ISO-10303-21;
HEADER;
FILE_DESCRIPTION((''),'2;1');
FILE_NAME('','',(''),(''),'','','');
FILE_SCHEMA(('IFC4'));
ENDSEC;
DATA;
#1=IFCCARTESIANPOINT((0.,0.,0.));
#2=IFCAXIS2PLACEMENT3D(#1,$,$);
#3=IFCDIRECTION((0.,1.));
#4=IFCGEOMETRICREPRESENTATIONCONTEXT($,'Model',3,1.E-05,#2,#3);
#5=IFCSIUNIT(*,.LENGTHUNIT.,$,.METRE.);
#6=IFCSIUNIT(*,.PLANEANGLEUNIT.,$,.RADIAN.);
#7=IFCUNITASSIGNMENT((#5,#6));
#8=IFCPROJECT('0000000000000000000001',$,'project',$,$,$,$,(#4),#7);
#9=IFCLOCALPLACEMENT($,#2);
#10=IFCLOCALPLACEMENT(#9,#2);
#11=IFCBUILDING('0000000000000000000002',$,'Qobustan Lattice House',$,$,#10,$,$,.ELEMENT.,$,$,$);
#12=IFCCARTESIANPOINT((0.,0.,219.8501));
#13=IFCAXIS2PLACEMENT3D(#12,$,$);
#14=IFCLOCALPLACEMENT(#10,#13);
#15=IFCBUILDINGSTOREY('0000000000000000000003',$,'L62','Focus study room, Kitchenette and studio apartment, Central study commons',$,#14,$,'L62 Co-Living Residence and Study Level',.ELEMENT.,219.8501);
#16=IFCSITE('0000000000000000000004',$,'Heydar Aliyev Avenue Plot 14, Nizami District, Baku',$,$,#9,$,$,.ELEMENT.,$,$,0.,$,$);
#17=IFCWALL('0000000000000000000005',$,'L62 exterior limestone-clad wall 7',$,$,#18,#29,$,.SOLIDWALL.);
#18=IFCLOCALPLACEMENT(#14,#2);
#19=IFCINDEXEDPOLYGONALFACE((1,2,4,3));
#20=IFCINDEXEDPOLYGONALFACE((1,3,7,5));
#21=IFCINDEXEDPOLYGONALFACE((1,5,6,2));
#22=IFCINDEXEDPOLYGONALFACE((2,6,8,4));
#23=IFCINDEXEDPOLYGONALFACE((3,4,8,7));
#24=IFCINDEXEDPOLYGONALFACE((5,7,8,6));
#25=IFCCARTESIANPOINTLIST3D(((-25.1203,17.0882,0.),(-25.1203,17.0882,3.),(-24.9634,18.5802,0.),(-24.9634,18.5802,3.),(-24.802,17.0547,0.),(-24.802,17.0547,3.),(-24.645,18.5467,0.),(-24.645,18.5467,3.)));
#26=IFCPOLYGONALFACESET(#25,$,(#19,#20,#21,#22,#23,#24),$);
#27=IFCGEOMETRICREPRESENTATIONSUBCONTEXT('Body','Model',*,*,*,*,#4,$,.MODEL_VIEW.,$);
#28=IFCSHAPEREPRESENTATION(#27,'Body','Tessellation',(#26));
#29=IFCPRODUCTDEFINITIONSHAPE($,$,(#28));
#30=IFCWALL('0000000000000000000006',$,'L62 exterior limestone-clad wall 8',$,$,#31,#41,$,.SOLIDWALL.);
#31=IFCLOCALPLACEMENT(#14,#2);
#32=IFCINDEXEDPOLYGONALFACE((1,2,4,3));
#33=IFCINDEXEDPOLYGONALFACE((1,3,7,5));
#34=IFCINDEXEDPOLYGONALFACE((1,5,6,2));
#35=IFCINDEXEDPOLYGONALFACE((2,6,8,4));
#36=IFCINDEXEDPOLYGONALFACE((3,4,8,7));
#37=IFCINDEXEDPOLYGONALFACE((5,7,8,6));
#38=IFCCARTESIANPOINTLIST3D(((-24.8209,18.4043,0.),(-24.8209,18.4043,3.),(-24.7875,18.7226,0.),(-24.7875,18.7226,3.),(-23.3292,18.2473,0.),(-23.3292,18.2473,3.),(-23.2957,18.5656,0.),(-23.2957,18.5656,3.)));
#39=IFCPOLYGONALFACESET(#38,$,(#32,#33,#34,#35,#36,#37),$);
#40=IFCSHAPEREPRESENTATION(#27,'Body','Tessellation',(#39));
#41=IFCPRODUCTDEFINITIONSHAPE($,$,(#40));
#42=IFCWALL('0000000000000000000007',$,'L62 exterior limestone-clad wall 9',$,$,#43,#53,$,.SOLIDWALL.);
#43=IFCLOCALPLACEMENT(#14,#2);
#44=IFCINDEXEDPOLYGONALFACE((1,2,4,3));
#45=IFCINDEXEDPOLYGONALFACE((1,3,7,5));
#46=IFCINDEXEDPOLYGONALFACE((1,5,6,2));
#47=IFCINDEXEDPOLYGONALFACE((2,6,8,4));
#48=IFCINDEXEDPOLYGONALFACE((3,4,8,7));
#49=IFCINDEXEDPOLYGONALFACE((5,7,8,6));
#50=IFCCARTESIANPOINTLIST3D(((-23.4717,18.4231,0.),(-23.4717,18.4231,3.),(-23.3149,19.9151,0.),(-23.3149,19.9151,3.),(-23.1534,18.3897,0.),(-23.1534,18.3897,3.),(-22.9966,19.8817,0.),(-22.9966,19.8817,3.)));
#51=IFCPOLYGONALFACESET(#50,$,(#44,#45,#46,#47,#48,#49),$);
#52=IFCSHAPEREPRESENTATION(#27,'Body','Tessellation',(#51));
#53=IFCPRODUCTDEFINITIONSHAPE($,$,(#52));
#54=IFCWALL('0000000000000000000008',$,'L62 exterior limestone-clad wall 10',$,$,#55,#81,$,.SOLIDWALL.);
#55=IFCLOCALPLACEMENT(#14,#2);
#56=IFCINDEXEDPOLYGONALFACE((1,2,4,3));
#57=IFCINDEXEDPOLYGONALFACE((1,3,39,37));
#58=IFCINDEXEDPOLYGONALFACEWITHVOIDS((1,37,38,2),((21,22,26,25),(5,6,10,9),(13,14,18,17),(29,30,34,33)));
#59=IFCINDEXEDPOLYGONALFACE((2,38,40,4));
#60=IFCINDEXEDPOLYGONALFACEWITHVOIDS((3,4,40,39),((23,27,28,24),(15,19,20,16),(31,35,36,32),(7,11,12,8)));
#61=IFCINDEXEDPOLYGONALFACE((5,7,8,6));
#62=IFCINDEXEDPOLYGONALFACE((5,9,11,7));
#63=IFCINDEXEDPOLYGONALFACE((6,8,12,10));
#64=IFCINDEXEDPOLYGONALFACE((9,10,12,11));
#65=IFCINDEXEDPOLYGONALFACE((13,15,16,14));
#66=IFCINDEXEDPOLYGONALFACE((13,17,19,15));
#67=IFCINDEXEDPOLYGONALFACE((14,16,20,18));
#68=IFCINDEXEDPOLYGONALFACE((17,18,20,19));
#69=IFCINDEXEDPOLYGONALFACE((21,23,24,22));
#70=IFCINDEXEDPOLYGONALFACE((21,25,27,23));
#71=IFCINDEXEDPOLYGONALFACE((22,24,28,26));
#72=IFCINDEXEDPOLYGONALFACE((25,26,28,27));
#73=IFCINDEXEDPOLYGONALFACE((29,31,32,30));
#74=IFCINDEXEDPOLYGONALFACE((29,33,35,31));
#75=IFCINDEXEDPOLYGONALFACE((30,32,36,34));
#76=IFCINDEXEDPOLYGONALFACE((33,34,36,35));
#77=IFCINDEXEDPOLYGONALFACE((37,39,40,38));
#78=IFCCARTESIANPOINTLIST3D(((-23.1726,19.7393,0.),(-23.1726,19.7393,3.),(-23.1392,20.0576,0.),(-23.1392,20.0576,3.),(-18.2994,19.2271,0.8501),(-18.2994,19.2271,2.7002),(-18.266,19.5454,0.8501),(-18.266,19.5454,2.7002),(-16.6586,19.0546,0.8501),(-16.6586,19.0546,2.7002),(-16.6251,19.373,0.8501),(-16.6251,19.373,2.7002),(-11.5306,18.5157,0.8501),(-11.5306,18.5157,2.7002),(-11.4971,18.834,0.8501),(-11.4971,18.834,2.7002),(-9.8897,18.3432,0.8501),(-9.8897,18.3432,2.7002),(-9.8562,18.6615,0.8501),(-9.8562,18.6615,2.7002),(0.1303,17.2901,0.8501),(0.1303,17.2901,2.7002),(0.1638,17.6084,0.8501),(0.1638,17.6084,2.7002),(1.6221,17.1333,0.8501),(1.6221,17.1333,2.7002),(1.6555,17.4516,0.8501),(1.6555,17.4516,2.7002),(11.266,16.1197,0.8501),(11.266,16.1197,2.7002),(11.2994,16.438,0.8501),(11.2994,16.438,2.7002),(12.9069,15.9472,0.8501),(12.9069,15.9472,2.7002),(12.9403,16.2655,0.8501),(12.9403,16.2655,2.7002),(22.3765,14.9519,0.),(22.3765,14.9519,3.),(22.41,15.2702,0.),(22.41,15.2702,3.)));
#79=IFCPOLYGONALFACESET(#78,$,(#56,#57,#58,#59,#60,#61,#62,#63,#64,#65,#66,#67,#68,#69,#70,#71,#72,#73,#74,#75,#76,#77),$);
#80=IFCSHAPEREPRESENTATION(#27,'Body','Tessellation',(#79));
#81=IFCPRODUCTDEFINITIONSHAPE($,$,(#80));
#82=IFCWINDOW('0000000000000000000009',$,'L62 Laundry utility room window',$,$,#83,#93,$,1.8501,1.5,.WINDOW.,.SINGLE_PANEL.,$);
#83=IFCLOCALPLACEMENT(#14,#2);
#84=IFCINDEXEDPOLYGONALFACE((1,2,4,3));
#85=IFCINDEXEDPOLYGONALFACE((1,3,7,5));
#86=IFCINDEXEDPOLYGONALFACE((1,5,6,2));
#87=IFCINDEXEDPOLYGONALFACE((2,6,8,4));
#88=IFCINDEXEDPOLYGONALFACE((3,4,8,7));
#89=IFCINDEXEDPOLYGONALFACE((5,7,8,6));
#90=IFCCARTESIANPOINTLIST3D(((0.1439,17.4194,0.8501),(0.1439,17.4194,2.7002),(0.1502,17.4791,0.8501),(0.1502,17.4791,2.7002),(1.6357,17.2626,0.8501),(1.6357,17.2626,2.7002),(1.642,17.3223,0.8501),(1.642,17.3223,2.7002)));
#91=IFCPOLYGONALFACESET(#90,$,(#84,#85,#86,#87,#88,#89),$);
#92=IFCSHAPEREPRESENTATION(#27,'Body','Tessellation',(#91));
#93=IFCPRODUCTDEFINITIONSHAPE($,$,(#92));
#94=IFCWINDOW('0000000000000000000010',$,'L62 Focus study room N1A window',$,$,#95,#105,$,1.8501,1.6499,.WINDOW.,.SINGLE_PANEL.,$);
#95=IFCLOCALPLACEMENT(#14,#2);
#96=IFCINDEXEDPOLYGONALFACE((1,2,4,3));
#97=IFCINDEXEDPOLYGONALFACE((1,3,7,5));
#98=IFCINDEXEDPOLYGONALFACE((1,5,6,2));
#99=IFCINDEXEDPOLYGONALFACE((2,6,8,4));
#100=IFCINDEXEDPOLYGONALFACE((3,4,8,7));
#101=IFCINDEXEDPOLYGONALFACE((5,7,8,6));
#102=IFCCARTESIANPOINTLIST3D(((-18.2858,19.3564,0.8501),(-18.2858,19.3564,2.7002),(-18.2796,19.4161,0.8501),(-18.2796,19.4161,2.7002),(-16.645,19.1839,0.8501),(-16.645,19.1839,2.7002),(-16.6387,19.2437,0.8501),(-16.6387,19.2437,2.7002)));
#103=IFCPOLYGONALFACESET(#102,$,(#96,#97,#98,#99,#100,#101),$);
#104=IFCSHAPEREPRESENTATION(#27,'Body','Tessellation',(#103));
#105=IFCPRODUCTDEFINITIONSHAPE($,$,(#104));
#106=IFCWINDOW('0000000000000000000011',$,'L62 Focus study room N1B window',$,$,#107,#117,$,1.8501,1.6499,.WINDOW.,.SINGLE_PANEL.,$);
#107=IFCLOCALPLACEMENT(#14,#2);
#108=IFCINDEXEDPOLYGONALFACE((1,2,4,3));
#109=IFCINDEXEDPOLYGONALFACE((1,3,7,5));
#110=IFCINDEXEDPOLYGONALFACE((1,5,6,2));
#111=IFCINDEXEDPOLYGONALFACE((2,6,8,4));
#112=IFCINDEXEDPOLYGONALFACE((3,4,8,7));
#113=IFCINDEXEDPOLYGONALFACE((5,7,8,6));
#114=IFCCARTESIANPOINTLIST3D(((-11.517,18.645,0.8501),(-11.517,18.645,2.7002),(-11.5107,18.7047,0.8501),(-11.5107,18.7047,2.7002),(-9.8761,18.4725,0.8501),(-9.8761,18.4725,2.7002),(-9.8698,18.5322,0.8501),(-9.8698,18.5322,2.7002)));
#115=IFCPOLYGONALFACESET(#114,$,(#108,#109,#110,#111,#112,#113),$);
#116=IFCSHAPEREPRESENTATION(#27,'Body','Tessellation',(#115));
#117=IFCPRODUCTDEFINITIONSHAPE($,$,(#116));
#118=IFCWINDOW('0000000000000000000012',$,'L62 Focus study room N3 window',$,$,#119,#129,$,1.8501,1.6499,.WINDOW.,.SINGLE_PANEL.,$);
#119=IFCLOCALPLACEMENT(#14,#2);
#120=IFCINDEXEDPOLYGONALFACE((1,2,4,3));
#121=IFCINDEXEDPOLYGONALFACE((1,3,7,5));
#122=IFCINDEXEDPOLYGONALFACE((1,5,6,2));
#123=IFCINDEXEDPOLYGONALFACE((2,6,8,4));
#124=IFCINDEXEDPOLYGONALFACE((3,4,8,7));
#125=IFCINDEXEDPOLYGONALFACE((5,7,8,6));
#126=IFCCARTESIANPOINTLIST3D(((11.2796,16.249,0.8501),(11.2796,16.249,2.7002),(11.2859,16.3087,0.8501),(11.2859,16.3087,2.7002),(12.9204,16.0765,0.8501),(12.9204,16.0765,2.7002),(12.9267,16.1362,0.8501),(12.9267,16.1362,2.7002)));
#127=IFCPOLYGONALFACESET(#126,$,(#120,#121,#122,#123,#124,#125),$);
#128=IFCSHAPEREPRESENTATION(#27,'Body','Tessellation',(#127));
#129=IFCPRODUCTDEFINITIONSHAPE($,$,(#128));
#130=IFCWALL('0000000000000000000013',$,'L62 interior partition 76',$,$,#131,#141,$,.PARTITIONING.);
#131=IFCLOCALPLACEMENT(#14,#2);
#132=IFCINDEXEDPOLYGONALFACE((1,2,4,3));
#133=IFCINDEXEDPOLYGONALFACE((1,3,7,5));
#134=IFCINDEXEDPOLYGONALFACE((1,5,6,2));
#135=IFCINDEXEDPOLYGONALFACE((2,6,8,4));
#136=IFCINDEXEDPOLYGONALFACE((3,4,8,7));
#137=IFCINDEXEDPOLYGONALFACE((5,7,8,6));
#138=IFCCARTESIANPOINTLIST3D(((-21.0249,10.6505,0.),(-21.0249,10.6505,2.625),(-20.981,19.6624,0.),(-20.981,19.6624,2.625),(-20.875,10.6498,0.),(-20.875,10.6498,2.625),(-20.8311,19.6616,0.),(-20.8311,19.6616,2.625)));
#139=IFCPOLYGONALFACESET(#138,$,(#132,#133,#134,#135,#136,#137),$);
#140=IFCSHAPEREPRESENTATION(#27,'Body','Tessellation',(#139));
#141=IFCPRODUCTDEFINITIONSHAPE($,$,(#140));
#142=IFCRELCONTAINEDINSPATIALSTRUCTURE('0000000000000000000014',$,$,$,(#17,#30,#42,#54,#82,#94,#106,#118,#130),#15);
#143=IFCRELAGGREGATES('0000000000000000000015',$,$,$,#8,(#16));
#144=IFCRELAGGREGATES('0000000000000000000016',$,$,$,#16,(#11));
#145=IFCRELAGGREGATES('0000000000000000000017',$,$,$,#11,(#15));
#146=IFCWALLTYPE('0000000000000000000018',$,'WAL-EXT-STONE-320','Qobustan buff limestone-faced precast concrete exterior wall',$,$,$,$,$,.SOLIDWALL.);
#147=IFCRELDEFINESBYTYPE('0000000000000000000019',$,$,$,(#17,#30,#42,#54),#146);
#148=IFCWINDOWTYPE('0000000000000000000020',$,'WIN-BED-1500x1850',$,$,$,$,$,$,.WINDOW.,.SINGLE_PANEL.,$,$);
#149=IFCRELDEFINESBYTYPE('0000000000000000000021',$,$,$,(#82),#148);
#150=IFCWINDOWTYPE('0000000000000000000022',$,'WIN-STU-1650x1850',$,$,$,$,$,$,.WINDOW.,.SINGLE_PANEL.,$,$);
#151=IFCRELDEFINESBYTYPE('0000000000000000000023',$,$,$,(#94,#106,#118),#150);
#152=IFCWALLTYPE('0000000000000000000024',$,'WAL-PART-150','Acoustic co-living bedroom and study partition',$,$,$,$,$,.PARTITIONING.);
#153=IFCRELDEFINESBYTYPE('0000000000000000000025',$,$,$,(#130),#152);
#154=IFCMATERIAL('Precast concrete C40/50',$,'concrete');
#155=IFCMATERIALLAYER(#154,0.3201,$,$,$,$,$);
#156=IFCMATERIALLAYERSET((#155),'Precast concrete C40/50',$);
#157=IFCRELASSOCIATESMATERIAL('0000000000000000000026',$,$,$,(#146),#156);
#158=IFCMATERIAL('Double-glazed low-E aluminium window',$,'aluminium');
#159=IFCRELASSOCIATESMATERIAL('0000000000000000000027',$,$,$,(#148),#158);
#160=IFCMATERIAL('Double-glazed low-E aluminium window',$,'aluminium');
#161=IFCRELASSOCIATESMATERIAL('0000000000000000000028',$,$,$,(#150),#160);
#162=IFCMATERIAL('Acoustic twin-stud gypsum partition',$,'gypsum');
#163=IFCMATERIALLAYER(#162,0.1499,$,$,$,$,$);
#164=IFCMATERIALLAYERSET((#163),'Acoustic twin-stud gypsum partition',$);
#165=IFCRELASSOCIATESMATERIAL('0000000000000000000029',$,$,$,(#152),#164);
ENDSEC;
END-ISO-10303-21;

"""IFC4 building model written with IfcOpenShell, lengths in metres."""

from ifc_helpers import new_model, si_unit, direction, frame, frame_2d, origin, place, context, subcontext, project, spatial, rectangle, extrude, material, layer, layer_set, type_object, element, fill, save


model = new_model("IFC4")

# Units and contexts
model_context = context("Model", 3, precision=1e-05, world=origin(), true_north=direction((0.0, 1.0)))
body_context = subcontext(model_context, "Body", "Model", "MODEL_VIEW")
ifc_project = project(units=[si_unit("LENGTHUNIT", "METRE"), si_unit("PLANEANGLEUNIT", "RADIAN")], contexts=[model_context])

# Site, building, storey
site_placement = place(None, origin())
site = spatial("IfcSite", under=ifc_project, at=site_placement, Name="Heydar Aliyev Avenue Plot 14, Nizami District, Baku", CompositionType="ELEMENT", RefElevation=0.0)
building_placement = place(site_placement, origin())
building = spatial("IfcBuilding", under=site, at=building_placement, Name="Qobustan Lattice House", CompositionType="ELEMENT")
storey_placement = place(building_placement, frame((0.0, 0.0, 219.8501)))
storey = spatial("IfcBuildingStorey", under=building, at=storey_placement, Name="L62", Description="Focus study room, Kitchenette and studio apartment, Central study commons", LongName="L62 Co-Living Residence and Study Level", CompositionType="ELEMENT", Elevation=219.8501)

# Walls
ifc_material_1 = material(Name="Precast concrete C40/50", Category="concrete")
ifc_layer_1 = layer(ifc_material_1, 0.3201)
ifc_layer_set_1 = layer_set([ifc_layer_1], Name="Precast concrete C40/50")
wall_type_1 = type_object("IfcWallType", Name="WAL-EXT-STONE-320", Description="Qobustan buff limestone-faced precast concrete exterior wall", PredefinedType="SOLIDWALL", material=ifc_layer_set_1)
wall_1_placement = place(storey_placement, frame((-24.9612, 17.0715, 0.0), z_axis=(0.0, 0.0, 1.0), x_axis=(0.104642, 0.99451, 0.0)))
element("IfcWall", 1, at=wall_1_placement, inside=storey, type_object=wall_type_1, Name="L62 exterior limestone-clad wall 7", PredefinedType="SOLIDWALL", context=body_context, shape_type="SweptSolid", body=[
    extrude(rectangle(XDim=1.5002, YDim=0.3201, at=frame_2d((0.75, 0.0))), origin(), (0.0, 0.0, 1.0), 3.0),
])
wall_2_placement = place(storey_placement, frame((-24.8042, 18.5635, 0.0), z_axis=(0.0, 0.0, 1.0), x_axis=(0.994508, -0.104659, 0.0)))
element("IfcWall", 2, at=wall_2_placement, inside=storey, type_object=wall_type_1, Name="L62 exterior limestone-clad wall 8", PredefinedType="SOLIDWALL", context=body_context, shape_type="SweptSolid", body=[
    extrude(rectangle(XDim=1.5, YDim=0.3201, at=frame_2d((0.75, 0.0))), origin(), (0.0, 0.0, 1.0), 3.0),
])
wall_3_placement = place(storey_placement, frame((-23.3125, 18.4065, 0.0), z_axis=(0.0, 0.0, 1.0), x_axis=(0.104481, 0.994527, 0.0)))
element("IfcWall", 3, at=wall_3_placement, inside=storey, type_object=wall_type_1, Name="L62 exterior limestone-clad wall 9", PredefinedType="SOLIDWALL", context=body_context, shape_type="SweptSolid", body=[
    extrude(rectangle(XDim=1.5002, YDim=0.3201, at=frame_2d((0.75, 0.0))), origin(), (0.0, 0.0, 1.0), 3.0),
])

# Wall, openings, windows
wall_4_placement = place(storey_placement, frame((-23.1558, 19.8984, 0.0), z_axis=(0.0, 0.0, 1.0), x_axis=(0.994522, -0.104527, 0.0)))
wall_4 = element("IfcWall", 4, at=wall_4_placement, inside=storey, type_object=wall_type_1, Name="L62 exterior limestone-clad wall 10", PredefinedType="SOLIDWALL", context=body_context, shape_type="SweptSolid", body=[
    extrude(rectangle(XDim=45.8, YDim=0.3201, at=frame_2d((22.8999, 0.0))), origin(), (0.0, 0.0, 1.0), 3.0),
])
opening_1_placement = place(wall_4_placement, frame((4.8999, 0.0, 0.8501)))
opening_1 = element("IfcOpeningElement", 5, at=opening_1_placement, cuts=wall_4, PredefinedType="OPENING", context=body_context, shape_type="SweptSolid", body=[
    extrude(rectangle(XDim=1.6499, YDim=1.8501, at=frame_2d((0.825, 0.925))), frame((0.0, 0.1699, 0.0), z_axis=(0.0, -1.0, 0.0), x_axis=(1.0, 0.0, 0.0)), (0.0, 0.0, 1.0), 0.3401),
])
opening_2_placement = place(wall_4_placement, frame((11.7061, 0.0, 0.8501)))
opening_2 = element("IfcOpeningElement", 6, at=opening_2_placement, cuts=wall_4, PredefinedType="OPENING", context=body_context, shape_type="SweptSolid", body=[
    extrude(rectangle(XDim=1.6499, YDim=1.8501, at=frame_2d((0.825, 0.925))), frame((0.0, 0.1699, 0.0), z_axis=(0.0, -1.0, 0.0), x_axis=(1.0, 0.0, 0.0)), (0.0, 0.0, 1.0), 0.3401),
])
opening_3_placement = place(wall_4_placement, frame((23.4312, 0.0, 0.8501)))
opening_3 = element("IfcOpeningElement", 7, at=opening_3_placement, cuts=wall_4, PredefinedType="OPENING", context=body_context, shape_type="SweptSolid", body=[
    extrude(rectangle(XDim=1.5, YDim=1.8501, at=frame_2d((0.75, 0.925))), frame((0.0, 0.1699, 0.0), z_axis=(0.0, -1.0, 0.0), x_axis=(1.0, 0.0, 0.0)), (0.0, 0.0, 1.0), 0.3401),
])
opening_4_placement = place(wall_4_placement, frame((34.6282, 0.0, 0.8501)))
opening_4 = element("IfcOpeningElement", 8, at=opening_4_placement, cuts=wall_4, PredefinedType="OPENING", context=body_context, shape_type="SweptSolid", body=[
    extrude(rectangle(XDim=1.6499, YDim=1.8501, at=frame_2d((0.825, 0.925))), frame((0.0, 0.1699, 0.0), z_axis=(0.0, -1.0, 0.0), x_axis=(1.0, 0.0, 0.0)), (0.0, 0.0, 1.0), 0.3401),
])
ifc_material_2 = material(Name="Double-glazed low-E aluminium window", Category="aluminium")
window_type_1 = type_object("IfcWindowType", Name="WIN-BED-1500x1850", PartitioningType="SINGLE_PANEL", PredefinedType="WINDOW", material=ifc_material_2)
window_1_placement = place(opening_3_placement, origin())
window_1 = element("IfcWindow", 9, at=window_1_placement, inside=storey, type_object=window_type_1, Name="L62 Laundry utility room window", OverallHeight=1.8501, OverallWidth=1.5, PartitioningType="SINGLE_PANEL", PredefinedType="WINDOW", context=body_context, shape_type="SweptSolid", body=[
    extrude(rectangle(XDim=1.5, YDim=1.8501, at=frame_2d((0.75, 0.925))), frame((0.0, 0.03, 0.0), z_axis=(0.0, -1.0, 0.0), x_axis=(1.0, 0.0, 0.0)), (0.0, 0.0, 1.0), 0.0601),
])
fill(opening_3, window_1)
ifc_material_3 = material(Name="Double-glazed low-E aluminium window", Category="aluminium")
window_type_2 = type_object("IfcWindowType", Name="WIN-STU-1650x1850", PartitioningType="SINGLE_PANEL", PredefinedType="WINDOW", material=ifc_material_3)
window_2_placement = place(opening_1_placement, origin())
window_2 = element("IfcWindow", 10, at=window_2_placement, inside=storey, type_object=window_type_2, Name="L62 Focus study room N1A window", OverallHeight=1.8501, OverallWidth=1.6499, PartitioningType="SINGLE_PANEL", PredefinedType="WINDOW", context=body_context, shape_type="SweptSolid", body=[
    extrude(rectangle(XDim=1.6499, YDim=1.8501, at=frame_2d((0.825, 0.925))), frame((0.0, 0.03, 0.0), z_axis=(0.0, -1.0, 0.0), x_axis=(1.0, 0.0, 0.0)), (0.0, 0.0, 1.0), 0.0601),
])
fill(opening_1, window_2)
window_3_placement = place(opening_2_placement, origin())
window_3 = element("IfcWindow", 11, at=window_3_placement, inside=storey, type_object=window_type_2, Name="L62 Focus study room N1B window", OverallHeight=1.8501, OverallWidth=1.6499, PartitioningType="SINGLE_PANEL", PredefinedType="WINDOW", context=body_context, shape_type="SweptSolid", body=[
    extrude(rectangle(XDim=1.6499, YDim=1.8501, at=frame_2d((0.825, 0.925))), frame((0.0, 0.03, 0.0), z_axis=(0.0, -1.0, 0.0), x_axis=(1.0, 0.0, 0.0)), (0.0, 0.0, 1.0), 0.0601),
])
fill(opening_2, window_3)
window_4_placement = place(opening_4_placement, origin())
window_4 = element("IfcWindow", 12, at=window_4_placement, inside=storey, type_object=window_type_2, Name="L62 Focus study room N3 window", OverallHeight=1.8501, OverallWidth=1.6499, PartitioningType="SINGLE_PANEL", PredefinedType="WINDOW", context=body_context, shape_type="SweptSolid", body=[
    extrude(rectangle(XDim=1.6499, YDim=1.8501, at=frame_2d((0.825, 0.925))), frame((0.0, 0.03, 0.0), z_axis=(0.0, -1.0, 0.0), x_axis=(1.0, 0.0, 0.0)), (0.0, 0.0, 1.0), 0.0601),
])
fill(opening_4, window_4)

# Wall
ifc_material_4 = material(Name="Acoustic twin-stud gypsum partition", Category="gypsum")
ifc_layer_2 = layer(ifc_material_4, 0.1499)
ifc_layer_set_2 = layer_set([ifc_layer_2], Name="Acoustic twin-stud gypsum partition")
wall_type_2 = type_object("IfcWallType", Name="WAL-PART-150", Description="Acoustic co-living bedroom and study partition", PredefinedType="PARTITIONING", material=ifc_layer_set_2)
wall_5_placement = place(storey_placement, frame((-20.906, 19.6619, 0.0), z_axis=(0.0, 0.0, 1.0), x_axis=(-0.004876, -0.999988, 0.0)))
element("IfcWall", 13, at=wall_5_placement, inside=storey, type_object=wall_type_2, Name="L62 interior partition 76", PredefinedType="PARTITIONING", context=body_context, shape_type="SweptSolid", body=[
    extrude(rectangle(XDim=9.012, YDim=0.1499, at=frame_2d((4.5059, 0.0))), origin(), (0.0, 0.0, 1.0), 2.625),
])

save(model, "model.ifc")
